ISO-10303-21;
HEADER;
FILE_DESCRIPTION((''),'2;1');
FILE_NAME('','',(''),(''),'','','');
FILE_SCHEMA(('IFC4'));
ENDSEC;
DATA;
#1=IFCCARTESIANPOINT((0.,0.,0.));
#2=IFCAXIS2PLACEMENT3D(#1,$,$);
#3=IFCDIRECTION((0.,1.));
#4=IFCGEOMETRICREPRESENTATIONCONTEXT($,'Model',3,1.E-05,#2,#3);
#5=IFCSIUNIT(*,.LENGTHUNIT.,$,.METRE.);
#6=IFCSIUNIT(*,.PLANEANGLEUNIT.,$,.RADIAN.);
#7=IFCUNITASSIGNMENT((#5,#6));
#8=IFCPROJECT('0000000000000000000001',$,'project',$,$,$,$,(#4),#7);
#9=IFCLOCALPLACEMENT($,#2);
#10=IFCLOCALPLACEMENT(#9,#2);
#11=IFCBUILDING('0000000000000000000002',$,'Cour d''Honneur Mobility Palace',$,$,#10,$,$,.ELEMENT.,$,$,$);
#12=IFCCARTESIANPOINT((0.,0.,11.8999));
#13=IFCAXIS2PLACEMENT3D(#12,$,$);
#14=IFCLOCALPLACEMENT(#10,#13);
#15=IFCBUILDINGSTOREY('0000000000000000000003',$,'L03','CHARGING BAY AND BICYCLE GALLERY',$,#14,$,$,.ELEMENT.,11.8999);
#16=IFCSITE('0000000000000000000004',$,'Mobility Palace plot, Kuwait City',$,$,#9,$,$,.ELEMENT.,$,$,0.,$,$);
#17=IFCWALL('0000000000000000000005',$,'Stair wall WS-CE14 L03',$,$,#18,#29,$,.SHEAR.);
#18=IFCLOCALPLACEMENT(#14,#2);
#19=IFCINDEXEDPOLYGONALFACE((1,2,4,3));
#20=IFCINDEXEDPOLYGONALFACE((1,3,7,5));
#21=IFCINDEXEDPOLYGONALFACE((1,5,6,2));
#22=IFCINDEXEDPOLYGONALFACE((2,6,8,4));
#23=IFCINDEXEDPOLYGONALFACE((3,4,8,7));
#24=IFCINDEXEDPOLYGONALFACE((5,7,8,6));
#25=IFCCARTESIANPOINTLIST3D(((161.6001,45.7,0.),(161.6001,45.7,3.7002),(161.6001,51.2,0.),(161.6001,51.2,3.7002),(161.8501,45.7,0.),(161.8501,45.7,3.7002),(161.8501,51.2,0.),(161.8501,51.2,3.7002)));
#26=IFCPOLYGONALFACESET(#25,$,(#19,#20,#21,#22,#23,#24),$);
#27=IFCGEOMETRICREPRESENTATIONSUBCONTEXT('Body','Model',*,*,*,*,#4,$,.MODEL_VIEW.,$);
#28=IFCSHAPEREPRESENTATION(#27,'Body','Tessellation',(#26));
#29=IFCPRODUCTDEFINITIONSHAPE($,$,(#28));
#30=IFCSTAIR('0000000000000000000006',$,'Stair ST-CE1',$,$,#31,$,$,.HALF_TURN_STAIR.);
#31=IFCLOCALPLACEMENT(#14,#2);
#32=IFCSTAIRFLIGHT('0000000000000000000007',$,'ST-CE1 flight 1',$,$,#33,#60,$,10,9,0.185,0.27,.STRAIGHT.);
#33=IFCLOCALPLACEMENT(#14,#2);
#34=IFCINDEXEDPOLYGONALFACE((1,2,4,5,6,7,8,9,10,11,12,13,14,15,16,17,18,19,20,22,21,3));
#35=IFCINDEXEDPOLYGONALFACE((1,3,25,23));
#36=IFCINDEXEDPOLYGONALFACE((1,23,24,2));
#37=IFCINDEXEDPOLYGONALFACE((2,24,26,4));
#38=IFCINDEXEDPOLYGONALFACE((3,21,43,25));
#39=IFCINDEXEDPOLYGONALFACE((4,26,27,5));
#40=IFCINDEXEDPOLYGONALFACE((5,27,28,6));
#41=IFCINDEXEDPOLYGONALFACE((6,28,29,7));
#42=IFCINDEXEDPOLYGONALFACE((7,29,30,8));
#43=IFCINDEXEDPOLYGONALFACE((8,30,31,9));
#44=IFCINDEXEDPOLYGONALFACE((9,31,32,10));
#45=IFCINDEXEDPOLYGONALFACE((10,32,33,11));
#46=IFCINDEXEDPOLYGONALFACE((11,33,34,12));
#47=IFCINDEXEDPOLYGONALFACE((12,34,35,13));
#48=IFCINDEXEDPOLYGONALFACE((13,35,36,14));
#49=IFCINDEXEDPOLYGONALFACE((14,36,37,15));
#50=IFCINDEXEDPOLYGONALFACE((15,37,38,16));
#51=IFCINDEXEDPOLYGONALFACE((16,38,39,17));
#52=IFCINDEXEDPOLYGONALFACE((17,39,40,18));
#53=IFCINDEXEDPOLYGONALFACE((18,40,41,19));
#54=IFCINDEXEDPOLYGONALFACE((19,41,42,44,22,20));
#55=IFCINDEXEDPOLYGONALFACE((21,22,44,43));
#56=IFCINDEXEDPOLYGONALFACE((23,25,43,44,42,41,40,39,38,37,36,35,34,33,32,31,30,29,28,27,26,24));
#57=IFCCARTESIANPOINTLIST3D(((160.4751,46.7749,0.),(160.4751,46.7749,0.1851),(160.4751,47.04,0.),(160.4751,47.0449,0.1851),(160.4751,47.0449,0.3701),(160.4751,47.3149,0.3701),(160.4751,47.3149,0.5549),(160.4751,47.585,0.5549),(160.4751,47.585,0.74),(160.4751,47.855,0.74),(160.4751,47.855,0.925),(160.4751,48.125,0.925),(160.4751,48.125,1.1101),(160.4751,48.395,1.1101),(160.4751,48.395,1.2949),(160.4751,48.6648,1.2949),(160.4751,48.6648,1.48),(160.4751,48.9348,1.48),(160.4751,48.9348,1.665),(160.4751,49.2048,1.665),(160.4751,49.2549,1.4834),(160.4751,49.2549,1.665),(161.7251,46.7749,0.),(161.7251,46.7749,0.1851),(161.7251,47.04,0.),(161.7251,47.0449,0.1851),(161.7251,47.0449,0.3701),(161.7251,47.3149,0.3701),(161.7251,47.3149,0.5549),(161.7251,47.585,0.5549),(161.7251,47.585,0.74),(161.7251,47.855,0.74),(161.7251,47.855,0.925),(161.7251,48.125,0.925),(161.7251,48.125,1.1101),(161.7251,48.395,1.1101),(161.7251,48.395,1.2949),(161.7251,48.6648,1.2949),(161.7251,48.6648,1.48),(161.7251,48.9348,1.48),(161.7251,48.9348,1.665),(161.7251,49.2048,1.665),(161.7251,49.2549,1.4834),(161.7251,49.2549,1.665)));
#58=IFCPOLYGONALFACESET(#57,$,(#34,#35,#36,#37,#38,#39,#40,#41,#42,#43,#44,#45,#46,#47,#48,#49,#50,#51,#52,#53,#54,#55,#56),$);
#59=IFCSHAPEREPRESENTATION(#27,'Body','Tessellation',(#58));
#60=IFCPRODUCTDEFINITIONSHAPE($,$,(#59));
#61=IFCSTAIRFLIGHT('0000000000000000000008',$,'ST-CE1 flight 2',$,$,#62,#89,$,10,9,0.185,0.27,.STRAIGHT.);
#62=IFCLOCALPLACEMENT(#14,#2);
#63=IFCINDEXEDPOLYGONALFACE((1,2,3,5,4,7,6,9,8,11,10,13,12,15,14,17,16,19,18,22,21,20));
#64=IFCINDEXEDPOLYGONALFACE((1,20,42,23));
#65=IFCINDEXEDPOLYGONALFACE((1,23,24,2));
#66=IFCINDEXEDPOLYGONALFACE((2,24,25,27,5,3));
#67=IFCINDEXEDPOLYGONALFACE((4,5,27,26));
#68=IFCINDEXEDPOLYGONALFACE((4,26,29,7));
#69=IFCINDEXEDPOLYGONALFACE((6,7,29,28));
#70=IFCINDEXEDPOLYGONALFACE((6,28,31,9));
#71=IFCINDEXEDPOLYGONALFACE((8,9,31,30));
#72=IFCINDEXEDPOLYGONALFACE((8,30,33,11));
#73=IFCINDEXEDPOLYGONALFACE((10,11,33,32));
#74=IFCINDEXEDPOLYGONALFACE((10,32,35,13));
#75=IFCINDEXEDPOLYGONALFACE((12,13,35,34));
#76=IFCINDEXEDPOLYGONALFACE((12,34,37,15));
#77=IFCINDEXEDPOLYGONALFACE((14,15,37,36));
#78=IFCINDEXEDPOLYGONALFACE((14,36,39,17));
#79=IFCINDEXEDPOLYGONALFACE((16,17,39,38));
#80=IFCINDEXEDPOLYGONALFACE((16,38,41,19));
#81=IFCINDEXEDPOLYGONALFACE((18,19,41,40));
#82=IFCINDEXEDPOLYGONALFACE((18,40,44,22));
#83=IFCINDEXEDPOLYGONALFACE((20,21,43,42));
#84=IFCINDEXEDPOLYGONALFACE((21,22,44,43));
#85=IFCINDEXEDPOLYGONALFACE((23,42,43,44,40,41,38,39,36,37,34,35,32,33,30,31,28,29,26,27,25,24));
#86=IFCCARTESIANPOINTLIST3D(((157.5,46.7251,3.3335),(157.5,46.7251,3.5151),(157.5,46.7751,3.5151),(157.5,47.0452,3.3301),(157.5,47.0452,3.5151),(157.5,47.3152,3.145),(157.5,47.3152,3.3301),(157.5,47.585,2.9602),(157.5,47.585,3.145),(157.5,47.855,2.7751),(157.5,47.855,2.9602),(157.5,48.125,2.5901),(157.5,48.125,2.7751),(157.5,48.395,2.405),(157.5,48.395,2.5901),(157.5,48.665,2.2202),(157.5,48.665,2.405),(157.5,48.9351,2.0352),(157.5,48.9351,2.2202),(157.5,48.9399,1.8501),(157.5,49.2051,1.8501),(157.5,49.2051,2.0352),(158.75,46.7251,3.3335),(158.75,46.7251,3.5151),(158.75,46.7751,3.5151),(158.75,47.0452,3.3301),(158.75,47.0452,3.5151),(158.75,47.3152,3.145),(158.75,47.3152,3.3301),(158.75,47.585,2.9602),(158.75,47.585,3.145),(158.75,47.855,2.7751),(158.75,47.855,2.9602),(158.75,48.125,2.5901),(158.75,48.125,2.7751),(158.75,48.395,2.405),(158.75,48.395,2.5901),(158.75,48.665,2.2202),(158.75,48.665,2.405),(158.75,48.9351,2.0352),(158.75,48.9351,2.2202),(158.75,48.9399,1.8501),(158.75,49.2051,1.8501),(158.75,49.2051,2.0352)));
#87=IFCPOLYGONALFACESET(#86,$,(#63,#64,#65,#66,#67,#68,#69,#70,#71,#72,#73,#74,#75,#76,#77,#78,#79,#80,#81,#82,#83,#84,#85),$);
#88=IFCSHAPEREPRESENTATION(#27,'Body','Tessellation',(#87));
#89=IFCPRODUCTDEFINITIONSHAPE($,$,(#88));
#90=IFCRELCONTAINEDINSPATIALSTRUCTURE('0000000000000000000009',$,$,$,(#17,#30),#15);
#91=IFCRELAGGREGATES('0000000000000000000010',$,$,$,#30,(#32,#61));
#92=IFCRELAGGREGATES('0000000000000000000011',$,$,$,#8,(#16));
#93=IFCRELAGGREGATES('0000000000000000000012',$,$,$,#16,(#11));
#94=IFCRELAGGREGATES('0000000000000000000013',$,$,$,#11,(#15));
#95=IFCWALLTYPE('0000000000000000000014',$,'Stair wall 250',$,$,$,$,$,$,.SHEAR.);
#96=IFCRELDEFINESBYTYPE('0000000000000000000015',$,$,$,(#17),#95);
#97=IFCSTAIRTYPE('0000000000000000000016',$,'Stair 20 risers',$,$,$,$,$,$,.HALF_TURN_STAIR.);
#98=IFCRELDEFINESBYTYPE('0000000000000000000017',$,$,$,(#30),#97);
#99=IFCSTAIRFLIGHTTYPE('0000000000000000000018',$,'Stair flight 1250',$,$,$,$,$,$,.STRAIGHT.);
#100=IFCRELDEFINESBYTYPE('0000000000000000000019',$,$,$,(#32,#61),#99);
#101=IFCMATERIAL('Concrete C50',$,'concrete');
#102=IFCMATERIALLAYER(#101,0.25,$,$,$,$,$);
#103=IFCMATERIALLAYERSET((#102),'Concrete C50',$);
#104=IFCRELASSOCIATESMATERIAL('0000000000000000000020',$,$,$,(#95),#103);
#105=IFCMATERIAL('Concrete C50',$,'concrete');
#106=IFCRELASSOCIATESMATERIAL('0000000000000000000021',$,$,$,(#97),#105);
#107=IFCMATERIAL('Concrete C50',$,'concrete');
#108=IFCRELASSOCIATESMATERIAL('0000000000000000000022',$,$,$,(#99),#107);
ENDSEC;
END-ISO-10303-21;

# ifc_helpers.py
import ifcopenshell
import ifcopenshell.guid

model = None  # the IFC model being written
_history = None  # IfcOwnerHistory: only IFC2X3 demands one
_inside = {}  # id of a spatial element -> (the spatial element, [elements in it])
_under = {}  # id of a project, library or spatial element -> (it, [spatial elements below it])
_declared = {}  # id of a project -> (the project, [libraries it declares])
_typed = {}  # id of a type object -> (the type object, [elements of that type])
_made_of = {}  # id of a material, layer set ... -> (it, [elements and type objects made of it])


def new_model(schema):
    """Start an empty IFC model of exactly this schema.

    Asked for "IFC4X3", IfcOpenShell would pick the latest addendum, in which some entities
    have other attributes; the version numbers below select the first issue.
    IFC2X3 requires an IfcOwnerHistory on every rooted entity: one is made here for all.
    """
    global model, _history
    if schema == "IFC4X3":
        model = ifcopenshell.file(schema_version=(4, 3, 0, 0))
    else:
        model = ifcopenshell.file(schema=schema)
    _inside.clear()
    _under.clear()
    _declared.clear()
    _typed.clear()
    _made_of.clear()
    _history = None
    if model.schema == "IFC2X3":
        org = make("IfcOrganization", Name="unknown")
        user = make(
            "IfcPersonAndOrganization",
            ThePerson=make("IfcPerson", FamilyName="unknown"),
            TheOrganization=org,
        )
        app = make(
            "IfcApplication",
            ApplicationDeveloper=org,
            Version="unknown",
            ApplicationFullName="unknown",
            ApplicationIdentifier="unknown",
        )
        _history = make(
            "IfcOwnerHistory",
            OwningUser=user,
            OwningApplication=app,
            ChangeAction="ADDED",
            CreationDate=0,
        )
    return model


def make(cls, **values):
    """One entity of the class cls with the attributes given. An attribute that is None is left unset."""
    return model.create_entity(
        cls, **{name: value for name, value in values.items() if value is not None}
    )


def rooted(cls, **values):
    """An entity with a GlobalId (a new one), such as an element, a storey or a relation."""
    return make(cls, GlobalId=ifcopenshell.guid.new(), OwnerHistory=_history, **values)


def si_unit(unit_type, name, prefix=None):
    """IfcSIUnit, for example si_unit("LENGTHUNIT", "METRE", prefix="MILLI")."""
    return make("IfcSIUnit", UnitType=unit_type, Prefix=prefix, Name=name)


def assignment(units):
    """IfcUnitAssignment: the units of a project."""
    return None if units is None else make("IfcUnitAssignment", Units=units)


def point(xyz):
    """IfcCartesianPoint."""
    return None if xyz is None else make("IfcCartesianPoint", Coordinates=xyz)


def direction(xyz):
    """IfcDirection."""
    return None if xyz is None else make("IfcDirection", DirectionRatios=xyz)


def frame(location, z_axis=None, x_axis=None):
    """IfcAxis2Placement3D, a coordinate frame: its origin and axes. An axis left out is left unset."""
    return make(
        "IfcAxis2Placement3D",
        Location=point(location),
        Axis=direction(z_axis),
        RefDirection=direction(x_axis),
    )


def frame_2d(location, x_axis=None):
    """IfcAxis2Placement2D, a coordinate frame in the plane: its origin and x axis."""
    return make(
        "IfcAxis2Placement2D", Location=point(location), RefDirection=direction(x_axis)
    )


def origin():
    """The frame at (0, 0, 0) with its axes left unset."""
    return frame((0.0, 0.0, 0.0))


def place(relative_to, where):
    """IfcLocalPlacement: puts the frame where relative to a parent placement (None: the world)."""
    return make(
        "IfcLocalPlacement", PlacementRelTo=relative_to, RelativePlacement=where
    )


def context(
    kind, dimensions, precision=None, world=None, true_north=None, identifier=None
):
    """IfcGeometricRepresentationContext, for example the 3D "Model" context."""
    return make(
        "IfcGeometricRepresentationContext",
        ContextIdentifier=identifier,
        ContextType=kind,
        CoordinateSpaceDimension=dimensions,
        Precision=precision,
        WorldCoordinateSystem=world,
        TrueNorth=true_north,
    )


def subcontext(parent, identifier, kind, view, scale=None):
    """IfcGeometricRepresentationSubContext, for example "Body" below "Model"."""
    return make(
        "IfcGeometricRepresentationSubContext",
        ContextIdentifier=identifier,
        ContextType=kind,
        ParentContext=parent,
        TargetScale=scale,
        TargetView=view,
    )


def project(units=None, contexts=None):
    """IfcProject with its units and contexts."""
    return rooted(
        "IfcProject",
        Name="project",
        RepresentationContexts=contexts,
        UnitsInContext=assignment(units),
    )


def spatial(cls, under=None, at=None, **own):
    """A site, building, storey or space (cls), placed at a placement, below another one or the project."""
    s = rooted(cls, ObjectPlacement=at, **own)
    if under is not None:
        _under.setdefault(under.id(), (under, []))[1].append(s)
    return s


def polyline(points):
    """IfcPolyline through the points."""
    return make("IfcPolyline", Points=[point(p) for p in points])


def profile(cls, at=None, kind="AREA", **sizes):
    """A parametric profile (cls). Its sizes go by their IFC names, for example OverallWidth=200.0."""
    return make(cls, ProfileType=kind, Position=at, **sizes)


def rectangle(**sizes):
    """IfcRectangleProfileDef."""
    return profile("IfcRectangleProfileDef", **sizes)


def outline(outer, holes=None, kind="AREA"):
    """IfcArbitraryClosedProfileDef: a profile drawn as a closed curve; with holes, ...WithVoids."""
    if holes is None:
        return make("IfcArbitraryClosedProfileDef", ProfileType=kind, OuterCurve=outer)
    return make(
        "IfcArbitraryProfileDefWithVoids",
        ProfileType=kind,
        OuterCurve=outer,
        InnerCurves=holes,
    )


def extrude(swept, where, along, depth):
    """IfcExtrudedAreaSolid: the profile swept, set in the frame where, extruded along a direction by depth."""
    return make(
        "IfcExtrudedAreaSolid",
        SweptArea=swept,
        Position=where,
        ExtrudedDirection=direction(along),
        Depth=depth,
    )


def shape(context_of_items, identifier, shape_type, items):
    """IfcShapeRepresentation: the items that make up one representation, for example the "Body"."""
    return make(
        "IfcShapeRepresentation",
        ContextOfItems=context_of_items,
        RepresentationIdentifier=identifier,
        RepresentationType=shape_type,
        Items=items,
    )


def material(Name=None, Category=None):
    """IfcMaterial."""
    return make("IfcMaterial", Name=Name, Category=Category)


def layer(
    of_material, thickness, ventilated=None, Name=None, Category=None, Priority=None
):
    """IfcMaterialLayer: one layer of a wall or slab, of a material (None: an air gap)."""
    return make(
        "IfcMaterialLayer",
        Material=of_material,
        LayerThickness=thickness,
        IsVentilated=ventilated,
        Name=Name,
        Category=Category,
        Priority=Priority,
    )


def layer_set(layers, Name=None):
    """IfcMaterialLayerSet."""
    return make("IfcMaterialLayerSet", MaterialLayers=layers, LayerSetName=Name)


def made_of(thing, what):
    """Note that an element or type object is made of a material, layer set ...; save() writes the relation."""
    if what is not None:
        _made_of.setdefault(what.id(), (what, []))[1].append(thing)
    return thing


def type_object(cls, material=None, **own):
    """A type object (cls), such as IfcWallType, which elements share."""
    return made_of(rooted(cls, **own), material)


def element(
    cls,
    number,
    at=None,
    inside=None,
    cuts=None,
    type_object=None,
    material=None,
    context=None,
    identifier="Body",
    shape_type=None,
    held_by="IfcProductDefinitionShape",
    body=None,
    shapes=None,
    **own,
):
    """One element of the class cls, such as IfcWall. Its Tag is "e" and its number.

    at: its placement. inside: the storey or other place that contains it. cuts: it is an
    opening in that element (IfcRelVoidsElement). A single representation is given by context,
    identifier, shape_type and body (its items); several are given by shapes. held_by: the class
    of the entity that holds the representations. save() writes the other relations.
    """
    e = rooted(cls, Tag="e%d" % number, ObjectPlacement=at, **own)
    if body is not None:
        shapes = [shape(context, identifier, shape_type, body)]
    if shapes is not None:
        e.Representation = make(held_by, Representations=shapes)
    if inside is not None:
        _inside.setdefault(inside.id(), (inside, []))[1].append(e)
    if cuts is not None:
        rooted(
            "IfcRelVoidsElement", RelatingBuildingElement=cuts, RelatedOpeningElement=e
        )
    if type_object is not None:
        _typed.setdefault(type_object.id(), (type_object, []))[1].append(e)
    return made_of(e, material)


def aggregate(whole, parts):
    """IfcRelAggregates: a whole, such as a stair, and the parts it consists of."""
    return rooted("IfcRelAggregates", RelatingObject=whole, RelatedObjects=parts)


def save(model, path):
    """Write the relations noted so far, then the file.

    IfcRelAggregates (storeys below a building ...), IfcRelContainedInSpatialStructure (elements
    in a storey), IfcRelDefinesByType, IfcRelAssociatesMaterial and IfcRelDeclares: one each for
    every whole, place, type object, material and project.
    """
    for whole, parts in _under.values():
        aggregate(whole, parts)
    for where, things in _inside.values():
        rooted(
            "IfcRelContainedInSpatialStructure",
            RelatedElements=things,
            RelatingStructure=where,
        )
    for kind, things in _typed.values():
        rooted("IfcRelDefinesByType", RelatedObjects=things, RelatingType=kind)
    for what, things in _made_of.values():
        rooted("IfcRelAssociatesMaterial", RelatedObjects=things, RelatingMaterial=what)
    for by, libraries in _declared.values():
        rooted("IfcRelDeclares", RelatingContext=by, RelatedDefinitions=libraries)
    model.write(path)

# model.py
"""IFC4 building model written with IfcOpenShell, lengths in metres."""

from ifc_helpers import new_model, si_unit, direction, frame, frame_2d, origin, place, context, subcontext, project, spatial, polyline, rectangle, outline, extrude, material, layer, layer_set, type_object, element, aggregate, save


model = new_model("IFC4")

# Units and contexts
model_context = context("Model", 3, precision=1e-05, world=origin(), true_north=direction((0.0, 1.0)))
body_context = subcontext(model_context, "Body", "Model", "MODEL_VIEW")
ifc_project = project(units=[si_unit("LENGTHUNIT", "METRE"), si_unit("PLANEANGLEUNIT", "RADIAN")], contexts=[model_context])

# Site, building, storey
site_placement = place(None, origin())
site = spatial("IfcSite", under=ifc_project, at=site_placement, Name="Mobility Palace plot, Kuwait City", CompositionType="ELEMENT", RefElevation=0.0)
building_placement = place(site_placement, origin())
building = spatial("IfcBuilding", under=site, at=building_placement, Name="Cour d'Honneur Mobility Palace", CompositionType="ELEMENT")
storey_placement = place(building_placement, frame((0.0, 0.0, 11.8999)))
storey = spatial("IfcBuildingStorey", under=building, at=storey_placement, Name="L03", Description="CHARGING BAY AND BICYCLE GALLERY", CompositionType="ELEMENT", Elevation=11.8999)

# Shared definitions
ifc_material_1 = material(Name="Concrete C50", Category="concrete")
ifc_layer_1 = layer(ifc_material_1, 0.25)
ifc_layer_set_1 = layer_set([ifc_layer_1], Name="Concrete C50")
wall_type = type_object("IfcWallType", Name="Stair wall 250", PredefinedType="SHEAR", material=ifc_layer_set_1)

# Wall
wall_1_placement = place(storey_placement, frame((161.7251, 45.7, 0.0), z_axis=(0.0, 0.0, 1.0), x_axis=(0.0, 1.0, 0.0)))
element("IfcWall", 1, at=wall_1_placement, inside=storey, type_object=wall_type, Name="Stair wall WS-CE14 L03", PredefinedType="SHEAR", context=body_context, shape_type="SweptSolid", body=[
    extrude(rectangle(XDim=5.5, YDim=0.25, at=frame_2d((2.75, 0.0))), origin(), (0.0, 0.0, 1.0), 3.7002),
])

# Stair, stair flights
ifc_material_2 = material(Name="Concrete C50", Category="concrete")
stair_type = type_object("IfcStairType", Name="Stair 20 risers", PredefinedType="HALF_TURN_STAIR", material=ifc_material_2)
stair_placement = place(storey_placement, origin())
stair = element("IfcStair", 2, at=stair_placement, inside=storey, type_object=stair_type, Name="Stair ST-CE1", PredefinedType="HALF_TURN_STAIR")
ifc_material_3 = material(Name="Concrete C50", Category="concrete")
stair_flight_type = type_object("IfcStairFlightType", Name="Stair flight 1250", PredefinedType="STRAIGHT", material=ifc_material_3)
stair_flight_1_placement = place(storey_placement, frame((161.1001, 46.7749, 0.0), z_axis=(0.0, 0.0, 1.0), x_axis=(0.0, 1.0, 0.0)))
stair_flight_1 = element("IfcStairFlight", 3, at=stair_flight_1_placement, type_object=stair_flight_type, Name="ST-CE1 flight 1", NumberOfRisers=10, NumberOfTreads=9, PredefinedType="STRAIGHT", RiserHeight=0.185, TreadLength=0.27, context=body_context, shape_type="SweptSolid", body=[
    extrude(outline(polyline([(0.0, 0.0), (0.0, 0.1851), (0.27, 0.1851), (0.27, 0.3701), (0.54, 0.3701), (0.54, 0.5549), (0.8101, 0.5549), (0.8101, 0.74), (1.0801, 0.74), (1.0801, 0.925), (1.3501, 0.925), (1.3501, 1.1101), (1.6201, 1.1101), (1.6201, 1.2949), (1.8899, 1.2949), (1.8899, 1.48), (2.1599, 1.48), (2.1599, 1.665), (2.4299, 1.665), (2.48, 1.665), (2.48, 1.4834), (0.2651, 0.0), (0.0, 0.0)])), frame((0.0, 0.625, 0.0), z_axis=(0.0, -1.0, 0.0), x_axis=(1.0, 0.0, 0.0)), (0.0, 0.0, 1.0), 1.25),
])
stair_flight_2_placement = place(storey_placement, frame((158.125, 49.2051, 1.8501), z_axis=(0.0, 0.0, 1.0), x_axis=(0.0, -1.0, 0.0)))
stair_flight_2 = element("IfcStairFlight", 4, at=stair_flight_2_placement, type_object=stair_flight_type, Name="ST-CE1 flight 2", NumberOfRisers=10, NumberOfTreads=9, PredefinedType="STRAIGHT", RiserHeight=0.185, TreadLength=0.27, context=body_context, shape_type="SweptSolid", body=[
    extrude(outline(polyline([(0.0, 0.0), (0.0, 0.1851), (0.27, 0.1851), (0.27, 0.3701), (0.54, 0.3701), (0.54, 0.5549), (0.8101, 0.5549), (0.8101, 0.74), (1.0801, 0.74), (1.0801, 0.925), (1.3501, 0.925), (1.3501, 1.1101), (1.6201, 1.1101), (1.6201, 1.2949), (1.8899, 1.2949), (1.8899, 1.48), (2.1599, 1.48), (2.1599, 1.665), (2.4299, 1.665), (2.48, 1.665), (2.48, 1.4834), (0.2651, 0.0), (0.0, 0.0)])), frame((0.0, 0.625, 0.0), z_axis=(0.0, -1.0, 0.0), x_axis=(1.0, 0.0, 0.0)), (0.0, 0.0, 1.0), 1.25),
])
aggregate(stair, [stair_flight_1, stair_flight_2])

save(model, "model.ifc")
